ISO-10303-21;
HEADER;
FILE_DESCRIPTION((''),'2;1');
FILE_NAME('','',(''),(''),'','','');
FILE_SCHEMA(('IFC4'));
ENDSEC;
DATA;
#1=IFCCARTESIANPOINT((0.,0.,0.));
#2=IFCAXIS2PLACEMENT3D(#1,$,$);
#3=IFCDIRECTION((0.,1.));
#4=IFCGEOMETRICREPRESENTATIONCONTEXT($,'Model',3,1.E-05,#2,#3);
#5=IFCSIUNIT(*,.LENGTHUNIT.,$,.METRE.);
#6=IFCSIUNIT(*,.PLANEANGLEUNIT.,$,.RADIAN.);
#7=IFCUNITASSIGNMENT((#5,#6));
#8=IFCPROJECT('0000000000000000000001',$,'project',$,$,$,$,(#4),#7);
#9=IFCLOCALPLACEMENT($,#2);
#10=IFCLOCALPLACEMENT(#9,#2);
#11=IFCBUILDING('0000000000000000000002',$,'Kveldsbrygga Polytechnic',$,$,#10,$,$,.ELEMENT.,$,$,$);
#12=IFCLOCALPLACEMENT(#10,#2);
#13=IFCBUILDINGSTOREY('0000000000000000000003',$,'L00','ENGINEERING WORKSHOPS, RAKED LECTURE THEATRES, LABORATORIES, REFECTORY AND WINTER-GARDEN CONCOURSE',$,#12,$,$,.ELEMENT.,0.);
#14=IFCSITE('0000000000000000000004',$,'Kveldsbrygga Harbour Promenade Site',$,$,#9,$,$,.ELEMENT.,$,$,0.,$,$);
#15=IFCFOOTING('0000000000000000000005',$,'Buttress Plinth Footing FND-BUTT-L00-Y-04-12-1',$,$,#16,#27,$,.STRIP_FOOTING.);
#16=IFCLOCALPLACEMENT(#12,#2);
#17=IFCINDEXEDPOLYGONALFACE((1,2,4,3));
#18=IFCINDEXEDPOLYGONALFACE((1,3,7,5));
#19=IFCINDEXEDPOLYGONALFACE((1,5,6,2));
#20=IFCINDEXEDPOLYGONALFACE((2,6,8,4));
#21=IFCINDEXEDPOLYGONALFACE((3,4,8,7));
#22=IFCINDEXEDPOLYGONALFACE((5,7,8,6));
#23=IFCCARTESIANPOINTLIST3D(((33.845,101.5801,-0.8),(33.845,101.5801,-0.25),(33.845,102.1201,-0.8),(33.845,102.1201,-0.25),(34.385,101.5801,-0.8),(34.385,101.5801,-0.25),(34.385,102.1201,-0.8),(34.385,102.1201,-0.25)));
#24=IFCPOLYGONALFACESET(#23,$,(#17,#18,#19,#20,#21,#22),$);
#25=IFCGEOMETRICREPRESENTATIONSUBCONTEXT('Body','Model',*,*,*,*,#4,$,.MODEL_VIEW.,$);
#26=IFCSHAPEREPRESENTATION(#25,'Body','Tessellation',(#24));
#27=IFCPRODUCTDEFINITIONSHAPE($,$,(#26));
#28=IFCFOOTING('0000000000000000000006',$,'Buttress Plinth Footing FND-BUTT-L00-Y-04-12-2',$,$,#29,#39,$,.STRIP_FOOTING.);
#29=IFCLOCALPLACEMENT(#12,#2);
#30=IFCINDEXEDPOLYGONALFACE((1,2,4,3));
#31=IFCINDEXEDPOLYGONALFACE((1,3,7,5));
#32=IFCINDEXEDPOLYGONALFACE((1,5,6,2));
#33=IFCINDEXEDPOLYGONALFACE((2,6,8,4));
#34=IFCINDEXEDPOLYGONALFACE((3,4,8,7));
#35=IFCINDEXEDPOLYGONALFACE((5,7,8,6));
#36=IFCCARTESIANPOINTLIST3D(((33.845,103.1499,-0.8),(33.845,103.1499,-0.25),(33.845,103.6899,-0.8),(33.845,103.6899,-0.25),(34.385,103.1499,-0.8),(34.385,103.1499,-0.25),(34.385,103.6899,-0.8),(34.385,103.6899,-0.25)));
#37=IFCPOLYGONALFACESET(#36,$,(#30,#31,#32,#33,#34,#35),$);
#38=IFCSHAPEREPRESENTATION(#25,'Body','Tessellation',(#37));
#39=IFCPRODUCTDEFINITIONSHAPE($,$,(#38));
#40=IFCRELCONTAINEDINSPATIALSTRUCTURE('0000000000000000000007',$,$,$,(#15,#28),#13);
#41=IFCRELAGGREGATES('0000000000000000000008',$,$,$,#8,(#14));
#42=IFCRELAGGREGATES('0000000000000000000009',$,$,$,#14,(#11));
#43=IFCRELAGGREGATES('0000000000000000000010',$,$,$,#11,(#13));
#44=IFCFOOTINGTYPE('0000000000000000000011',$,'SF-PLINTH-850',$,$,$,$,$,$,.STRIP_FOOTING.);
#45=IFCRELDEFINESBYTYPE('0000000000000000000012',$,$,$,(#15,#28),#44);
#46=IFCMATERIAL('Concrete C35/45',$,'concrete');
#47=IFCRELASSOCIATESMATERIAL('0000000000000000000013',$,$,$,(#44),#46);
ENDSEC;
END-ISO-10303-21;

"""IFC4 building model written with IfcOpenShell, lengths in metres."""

from ifc_helpers import new_model, si_unit, direction, frame, origin, place, context, subcontext, project, spatial, polyline, outline, extrude, material, type_object, element, save


model = new_model("IFC4")

# Units and contexts
model_context = context("Model", 3, precision=1e-05, world=origin(), true_north=direction((0.0, 1.0)))
body_context = subcontext(model_context, "Body", "Model", "MODEL_VIEW")
ifc_project = project(units=[si_unit("LENGTHUNIT", "METRE"), si_unit("PLANEANGLEUNIT", "RADIAN")], contexts=[model_context])

# Site, building, storey
site_placement = place(None, origin())
site = spatial("IfcSite", under=ifc_project, at=site_placement, Name="Kveldsbrygga Harbour Promenade Site", CompositionType="ELEMENT", RefElevation=0.0)
building_placement = place(site_placement, origin())
building = spatial("IfcBuilding", under=site, at=building_placement, Name="Kveldsbrygga Polytechnic", CompositionType="ELEMENT")
storey_placement = place(building_placement, origin())
storey = spatial("IfcBuildingStorey", under=building, at=storey_placement, Name="L00", Description="ENGINEERING WORKSHOPS, RAKED LECTURE THEATRES, LABORATORIES, REFECTORY AND WINTER-GARDEN CONCOURSE", CompositionType="ELEMENT", Elevation=0.0)

# Footings
ifc_material = material(Name="Concrete C35/45", Category="concrete")
footing_type = type_object("IfcFootingType", Name="SF-PLINTH-850", PredefinedType="STRIP_FOOTING", material=ifc_material)
footing_1_placement = place(storey_placement, frame((0.0, 0.0, -0.8)))
element("IfcFooting", 1, at=footing_1_placement, inside=storey, type_object=footing_type, Name="Buttress Plinth Footing FND-BUTT-L00-Y-04-12-1", PredefinedType="STRIP_FOOTING", context=body_context, shape_type="SweptSolid", body=[
    extrude(outline(polyline([(33.845, 101.5801), (34.385, 101.5801), (34.385, 102.1201), (33.845, 102.1201), (33.845, 101.5801)])), origin(), (0.0, 0.0, 1.0), 0.55),
])
footing_2_placement = place(storey_placement, frame((0.0, 0.0, -0.8)))
element("IfcFooting", 2, at=footing_2_placement, inside=storey, type_object=footing_type, Name="Buttress Plinth Footing FND-BUTT-L00-Y-04-12-2", PredefinedType="STRIP_FOOTING", context=body_context, shape_type="SweptSolid", body=[
    extrude(outline(polyline([(33.845, 103.1499), (34.385, 103.1499), (34.385, 103.6899), (33.845, 103.6899), (33.845, 103.1499)])), origin(), (0.0, 0.0, 1.0), 0.55),
])

save(model, "model.ifc")
